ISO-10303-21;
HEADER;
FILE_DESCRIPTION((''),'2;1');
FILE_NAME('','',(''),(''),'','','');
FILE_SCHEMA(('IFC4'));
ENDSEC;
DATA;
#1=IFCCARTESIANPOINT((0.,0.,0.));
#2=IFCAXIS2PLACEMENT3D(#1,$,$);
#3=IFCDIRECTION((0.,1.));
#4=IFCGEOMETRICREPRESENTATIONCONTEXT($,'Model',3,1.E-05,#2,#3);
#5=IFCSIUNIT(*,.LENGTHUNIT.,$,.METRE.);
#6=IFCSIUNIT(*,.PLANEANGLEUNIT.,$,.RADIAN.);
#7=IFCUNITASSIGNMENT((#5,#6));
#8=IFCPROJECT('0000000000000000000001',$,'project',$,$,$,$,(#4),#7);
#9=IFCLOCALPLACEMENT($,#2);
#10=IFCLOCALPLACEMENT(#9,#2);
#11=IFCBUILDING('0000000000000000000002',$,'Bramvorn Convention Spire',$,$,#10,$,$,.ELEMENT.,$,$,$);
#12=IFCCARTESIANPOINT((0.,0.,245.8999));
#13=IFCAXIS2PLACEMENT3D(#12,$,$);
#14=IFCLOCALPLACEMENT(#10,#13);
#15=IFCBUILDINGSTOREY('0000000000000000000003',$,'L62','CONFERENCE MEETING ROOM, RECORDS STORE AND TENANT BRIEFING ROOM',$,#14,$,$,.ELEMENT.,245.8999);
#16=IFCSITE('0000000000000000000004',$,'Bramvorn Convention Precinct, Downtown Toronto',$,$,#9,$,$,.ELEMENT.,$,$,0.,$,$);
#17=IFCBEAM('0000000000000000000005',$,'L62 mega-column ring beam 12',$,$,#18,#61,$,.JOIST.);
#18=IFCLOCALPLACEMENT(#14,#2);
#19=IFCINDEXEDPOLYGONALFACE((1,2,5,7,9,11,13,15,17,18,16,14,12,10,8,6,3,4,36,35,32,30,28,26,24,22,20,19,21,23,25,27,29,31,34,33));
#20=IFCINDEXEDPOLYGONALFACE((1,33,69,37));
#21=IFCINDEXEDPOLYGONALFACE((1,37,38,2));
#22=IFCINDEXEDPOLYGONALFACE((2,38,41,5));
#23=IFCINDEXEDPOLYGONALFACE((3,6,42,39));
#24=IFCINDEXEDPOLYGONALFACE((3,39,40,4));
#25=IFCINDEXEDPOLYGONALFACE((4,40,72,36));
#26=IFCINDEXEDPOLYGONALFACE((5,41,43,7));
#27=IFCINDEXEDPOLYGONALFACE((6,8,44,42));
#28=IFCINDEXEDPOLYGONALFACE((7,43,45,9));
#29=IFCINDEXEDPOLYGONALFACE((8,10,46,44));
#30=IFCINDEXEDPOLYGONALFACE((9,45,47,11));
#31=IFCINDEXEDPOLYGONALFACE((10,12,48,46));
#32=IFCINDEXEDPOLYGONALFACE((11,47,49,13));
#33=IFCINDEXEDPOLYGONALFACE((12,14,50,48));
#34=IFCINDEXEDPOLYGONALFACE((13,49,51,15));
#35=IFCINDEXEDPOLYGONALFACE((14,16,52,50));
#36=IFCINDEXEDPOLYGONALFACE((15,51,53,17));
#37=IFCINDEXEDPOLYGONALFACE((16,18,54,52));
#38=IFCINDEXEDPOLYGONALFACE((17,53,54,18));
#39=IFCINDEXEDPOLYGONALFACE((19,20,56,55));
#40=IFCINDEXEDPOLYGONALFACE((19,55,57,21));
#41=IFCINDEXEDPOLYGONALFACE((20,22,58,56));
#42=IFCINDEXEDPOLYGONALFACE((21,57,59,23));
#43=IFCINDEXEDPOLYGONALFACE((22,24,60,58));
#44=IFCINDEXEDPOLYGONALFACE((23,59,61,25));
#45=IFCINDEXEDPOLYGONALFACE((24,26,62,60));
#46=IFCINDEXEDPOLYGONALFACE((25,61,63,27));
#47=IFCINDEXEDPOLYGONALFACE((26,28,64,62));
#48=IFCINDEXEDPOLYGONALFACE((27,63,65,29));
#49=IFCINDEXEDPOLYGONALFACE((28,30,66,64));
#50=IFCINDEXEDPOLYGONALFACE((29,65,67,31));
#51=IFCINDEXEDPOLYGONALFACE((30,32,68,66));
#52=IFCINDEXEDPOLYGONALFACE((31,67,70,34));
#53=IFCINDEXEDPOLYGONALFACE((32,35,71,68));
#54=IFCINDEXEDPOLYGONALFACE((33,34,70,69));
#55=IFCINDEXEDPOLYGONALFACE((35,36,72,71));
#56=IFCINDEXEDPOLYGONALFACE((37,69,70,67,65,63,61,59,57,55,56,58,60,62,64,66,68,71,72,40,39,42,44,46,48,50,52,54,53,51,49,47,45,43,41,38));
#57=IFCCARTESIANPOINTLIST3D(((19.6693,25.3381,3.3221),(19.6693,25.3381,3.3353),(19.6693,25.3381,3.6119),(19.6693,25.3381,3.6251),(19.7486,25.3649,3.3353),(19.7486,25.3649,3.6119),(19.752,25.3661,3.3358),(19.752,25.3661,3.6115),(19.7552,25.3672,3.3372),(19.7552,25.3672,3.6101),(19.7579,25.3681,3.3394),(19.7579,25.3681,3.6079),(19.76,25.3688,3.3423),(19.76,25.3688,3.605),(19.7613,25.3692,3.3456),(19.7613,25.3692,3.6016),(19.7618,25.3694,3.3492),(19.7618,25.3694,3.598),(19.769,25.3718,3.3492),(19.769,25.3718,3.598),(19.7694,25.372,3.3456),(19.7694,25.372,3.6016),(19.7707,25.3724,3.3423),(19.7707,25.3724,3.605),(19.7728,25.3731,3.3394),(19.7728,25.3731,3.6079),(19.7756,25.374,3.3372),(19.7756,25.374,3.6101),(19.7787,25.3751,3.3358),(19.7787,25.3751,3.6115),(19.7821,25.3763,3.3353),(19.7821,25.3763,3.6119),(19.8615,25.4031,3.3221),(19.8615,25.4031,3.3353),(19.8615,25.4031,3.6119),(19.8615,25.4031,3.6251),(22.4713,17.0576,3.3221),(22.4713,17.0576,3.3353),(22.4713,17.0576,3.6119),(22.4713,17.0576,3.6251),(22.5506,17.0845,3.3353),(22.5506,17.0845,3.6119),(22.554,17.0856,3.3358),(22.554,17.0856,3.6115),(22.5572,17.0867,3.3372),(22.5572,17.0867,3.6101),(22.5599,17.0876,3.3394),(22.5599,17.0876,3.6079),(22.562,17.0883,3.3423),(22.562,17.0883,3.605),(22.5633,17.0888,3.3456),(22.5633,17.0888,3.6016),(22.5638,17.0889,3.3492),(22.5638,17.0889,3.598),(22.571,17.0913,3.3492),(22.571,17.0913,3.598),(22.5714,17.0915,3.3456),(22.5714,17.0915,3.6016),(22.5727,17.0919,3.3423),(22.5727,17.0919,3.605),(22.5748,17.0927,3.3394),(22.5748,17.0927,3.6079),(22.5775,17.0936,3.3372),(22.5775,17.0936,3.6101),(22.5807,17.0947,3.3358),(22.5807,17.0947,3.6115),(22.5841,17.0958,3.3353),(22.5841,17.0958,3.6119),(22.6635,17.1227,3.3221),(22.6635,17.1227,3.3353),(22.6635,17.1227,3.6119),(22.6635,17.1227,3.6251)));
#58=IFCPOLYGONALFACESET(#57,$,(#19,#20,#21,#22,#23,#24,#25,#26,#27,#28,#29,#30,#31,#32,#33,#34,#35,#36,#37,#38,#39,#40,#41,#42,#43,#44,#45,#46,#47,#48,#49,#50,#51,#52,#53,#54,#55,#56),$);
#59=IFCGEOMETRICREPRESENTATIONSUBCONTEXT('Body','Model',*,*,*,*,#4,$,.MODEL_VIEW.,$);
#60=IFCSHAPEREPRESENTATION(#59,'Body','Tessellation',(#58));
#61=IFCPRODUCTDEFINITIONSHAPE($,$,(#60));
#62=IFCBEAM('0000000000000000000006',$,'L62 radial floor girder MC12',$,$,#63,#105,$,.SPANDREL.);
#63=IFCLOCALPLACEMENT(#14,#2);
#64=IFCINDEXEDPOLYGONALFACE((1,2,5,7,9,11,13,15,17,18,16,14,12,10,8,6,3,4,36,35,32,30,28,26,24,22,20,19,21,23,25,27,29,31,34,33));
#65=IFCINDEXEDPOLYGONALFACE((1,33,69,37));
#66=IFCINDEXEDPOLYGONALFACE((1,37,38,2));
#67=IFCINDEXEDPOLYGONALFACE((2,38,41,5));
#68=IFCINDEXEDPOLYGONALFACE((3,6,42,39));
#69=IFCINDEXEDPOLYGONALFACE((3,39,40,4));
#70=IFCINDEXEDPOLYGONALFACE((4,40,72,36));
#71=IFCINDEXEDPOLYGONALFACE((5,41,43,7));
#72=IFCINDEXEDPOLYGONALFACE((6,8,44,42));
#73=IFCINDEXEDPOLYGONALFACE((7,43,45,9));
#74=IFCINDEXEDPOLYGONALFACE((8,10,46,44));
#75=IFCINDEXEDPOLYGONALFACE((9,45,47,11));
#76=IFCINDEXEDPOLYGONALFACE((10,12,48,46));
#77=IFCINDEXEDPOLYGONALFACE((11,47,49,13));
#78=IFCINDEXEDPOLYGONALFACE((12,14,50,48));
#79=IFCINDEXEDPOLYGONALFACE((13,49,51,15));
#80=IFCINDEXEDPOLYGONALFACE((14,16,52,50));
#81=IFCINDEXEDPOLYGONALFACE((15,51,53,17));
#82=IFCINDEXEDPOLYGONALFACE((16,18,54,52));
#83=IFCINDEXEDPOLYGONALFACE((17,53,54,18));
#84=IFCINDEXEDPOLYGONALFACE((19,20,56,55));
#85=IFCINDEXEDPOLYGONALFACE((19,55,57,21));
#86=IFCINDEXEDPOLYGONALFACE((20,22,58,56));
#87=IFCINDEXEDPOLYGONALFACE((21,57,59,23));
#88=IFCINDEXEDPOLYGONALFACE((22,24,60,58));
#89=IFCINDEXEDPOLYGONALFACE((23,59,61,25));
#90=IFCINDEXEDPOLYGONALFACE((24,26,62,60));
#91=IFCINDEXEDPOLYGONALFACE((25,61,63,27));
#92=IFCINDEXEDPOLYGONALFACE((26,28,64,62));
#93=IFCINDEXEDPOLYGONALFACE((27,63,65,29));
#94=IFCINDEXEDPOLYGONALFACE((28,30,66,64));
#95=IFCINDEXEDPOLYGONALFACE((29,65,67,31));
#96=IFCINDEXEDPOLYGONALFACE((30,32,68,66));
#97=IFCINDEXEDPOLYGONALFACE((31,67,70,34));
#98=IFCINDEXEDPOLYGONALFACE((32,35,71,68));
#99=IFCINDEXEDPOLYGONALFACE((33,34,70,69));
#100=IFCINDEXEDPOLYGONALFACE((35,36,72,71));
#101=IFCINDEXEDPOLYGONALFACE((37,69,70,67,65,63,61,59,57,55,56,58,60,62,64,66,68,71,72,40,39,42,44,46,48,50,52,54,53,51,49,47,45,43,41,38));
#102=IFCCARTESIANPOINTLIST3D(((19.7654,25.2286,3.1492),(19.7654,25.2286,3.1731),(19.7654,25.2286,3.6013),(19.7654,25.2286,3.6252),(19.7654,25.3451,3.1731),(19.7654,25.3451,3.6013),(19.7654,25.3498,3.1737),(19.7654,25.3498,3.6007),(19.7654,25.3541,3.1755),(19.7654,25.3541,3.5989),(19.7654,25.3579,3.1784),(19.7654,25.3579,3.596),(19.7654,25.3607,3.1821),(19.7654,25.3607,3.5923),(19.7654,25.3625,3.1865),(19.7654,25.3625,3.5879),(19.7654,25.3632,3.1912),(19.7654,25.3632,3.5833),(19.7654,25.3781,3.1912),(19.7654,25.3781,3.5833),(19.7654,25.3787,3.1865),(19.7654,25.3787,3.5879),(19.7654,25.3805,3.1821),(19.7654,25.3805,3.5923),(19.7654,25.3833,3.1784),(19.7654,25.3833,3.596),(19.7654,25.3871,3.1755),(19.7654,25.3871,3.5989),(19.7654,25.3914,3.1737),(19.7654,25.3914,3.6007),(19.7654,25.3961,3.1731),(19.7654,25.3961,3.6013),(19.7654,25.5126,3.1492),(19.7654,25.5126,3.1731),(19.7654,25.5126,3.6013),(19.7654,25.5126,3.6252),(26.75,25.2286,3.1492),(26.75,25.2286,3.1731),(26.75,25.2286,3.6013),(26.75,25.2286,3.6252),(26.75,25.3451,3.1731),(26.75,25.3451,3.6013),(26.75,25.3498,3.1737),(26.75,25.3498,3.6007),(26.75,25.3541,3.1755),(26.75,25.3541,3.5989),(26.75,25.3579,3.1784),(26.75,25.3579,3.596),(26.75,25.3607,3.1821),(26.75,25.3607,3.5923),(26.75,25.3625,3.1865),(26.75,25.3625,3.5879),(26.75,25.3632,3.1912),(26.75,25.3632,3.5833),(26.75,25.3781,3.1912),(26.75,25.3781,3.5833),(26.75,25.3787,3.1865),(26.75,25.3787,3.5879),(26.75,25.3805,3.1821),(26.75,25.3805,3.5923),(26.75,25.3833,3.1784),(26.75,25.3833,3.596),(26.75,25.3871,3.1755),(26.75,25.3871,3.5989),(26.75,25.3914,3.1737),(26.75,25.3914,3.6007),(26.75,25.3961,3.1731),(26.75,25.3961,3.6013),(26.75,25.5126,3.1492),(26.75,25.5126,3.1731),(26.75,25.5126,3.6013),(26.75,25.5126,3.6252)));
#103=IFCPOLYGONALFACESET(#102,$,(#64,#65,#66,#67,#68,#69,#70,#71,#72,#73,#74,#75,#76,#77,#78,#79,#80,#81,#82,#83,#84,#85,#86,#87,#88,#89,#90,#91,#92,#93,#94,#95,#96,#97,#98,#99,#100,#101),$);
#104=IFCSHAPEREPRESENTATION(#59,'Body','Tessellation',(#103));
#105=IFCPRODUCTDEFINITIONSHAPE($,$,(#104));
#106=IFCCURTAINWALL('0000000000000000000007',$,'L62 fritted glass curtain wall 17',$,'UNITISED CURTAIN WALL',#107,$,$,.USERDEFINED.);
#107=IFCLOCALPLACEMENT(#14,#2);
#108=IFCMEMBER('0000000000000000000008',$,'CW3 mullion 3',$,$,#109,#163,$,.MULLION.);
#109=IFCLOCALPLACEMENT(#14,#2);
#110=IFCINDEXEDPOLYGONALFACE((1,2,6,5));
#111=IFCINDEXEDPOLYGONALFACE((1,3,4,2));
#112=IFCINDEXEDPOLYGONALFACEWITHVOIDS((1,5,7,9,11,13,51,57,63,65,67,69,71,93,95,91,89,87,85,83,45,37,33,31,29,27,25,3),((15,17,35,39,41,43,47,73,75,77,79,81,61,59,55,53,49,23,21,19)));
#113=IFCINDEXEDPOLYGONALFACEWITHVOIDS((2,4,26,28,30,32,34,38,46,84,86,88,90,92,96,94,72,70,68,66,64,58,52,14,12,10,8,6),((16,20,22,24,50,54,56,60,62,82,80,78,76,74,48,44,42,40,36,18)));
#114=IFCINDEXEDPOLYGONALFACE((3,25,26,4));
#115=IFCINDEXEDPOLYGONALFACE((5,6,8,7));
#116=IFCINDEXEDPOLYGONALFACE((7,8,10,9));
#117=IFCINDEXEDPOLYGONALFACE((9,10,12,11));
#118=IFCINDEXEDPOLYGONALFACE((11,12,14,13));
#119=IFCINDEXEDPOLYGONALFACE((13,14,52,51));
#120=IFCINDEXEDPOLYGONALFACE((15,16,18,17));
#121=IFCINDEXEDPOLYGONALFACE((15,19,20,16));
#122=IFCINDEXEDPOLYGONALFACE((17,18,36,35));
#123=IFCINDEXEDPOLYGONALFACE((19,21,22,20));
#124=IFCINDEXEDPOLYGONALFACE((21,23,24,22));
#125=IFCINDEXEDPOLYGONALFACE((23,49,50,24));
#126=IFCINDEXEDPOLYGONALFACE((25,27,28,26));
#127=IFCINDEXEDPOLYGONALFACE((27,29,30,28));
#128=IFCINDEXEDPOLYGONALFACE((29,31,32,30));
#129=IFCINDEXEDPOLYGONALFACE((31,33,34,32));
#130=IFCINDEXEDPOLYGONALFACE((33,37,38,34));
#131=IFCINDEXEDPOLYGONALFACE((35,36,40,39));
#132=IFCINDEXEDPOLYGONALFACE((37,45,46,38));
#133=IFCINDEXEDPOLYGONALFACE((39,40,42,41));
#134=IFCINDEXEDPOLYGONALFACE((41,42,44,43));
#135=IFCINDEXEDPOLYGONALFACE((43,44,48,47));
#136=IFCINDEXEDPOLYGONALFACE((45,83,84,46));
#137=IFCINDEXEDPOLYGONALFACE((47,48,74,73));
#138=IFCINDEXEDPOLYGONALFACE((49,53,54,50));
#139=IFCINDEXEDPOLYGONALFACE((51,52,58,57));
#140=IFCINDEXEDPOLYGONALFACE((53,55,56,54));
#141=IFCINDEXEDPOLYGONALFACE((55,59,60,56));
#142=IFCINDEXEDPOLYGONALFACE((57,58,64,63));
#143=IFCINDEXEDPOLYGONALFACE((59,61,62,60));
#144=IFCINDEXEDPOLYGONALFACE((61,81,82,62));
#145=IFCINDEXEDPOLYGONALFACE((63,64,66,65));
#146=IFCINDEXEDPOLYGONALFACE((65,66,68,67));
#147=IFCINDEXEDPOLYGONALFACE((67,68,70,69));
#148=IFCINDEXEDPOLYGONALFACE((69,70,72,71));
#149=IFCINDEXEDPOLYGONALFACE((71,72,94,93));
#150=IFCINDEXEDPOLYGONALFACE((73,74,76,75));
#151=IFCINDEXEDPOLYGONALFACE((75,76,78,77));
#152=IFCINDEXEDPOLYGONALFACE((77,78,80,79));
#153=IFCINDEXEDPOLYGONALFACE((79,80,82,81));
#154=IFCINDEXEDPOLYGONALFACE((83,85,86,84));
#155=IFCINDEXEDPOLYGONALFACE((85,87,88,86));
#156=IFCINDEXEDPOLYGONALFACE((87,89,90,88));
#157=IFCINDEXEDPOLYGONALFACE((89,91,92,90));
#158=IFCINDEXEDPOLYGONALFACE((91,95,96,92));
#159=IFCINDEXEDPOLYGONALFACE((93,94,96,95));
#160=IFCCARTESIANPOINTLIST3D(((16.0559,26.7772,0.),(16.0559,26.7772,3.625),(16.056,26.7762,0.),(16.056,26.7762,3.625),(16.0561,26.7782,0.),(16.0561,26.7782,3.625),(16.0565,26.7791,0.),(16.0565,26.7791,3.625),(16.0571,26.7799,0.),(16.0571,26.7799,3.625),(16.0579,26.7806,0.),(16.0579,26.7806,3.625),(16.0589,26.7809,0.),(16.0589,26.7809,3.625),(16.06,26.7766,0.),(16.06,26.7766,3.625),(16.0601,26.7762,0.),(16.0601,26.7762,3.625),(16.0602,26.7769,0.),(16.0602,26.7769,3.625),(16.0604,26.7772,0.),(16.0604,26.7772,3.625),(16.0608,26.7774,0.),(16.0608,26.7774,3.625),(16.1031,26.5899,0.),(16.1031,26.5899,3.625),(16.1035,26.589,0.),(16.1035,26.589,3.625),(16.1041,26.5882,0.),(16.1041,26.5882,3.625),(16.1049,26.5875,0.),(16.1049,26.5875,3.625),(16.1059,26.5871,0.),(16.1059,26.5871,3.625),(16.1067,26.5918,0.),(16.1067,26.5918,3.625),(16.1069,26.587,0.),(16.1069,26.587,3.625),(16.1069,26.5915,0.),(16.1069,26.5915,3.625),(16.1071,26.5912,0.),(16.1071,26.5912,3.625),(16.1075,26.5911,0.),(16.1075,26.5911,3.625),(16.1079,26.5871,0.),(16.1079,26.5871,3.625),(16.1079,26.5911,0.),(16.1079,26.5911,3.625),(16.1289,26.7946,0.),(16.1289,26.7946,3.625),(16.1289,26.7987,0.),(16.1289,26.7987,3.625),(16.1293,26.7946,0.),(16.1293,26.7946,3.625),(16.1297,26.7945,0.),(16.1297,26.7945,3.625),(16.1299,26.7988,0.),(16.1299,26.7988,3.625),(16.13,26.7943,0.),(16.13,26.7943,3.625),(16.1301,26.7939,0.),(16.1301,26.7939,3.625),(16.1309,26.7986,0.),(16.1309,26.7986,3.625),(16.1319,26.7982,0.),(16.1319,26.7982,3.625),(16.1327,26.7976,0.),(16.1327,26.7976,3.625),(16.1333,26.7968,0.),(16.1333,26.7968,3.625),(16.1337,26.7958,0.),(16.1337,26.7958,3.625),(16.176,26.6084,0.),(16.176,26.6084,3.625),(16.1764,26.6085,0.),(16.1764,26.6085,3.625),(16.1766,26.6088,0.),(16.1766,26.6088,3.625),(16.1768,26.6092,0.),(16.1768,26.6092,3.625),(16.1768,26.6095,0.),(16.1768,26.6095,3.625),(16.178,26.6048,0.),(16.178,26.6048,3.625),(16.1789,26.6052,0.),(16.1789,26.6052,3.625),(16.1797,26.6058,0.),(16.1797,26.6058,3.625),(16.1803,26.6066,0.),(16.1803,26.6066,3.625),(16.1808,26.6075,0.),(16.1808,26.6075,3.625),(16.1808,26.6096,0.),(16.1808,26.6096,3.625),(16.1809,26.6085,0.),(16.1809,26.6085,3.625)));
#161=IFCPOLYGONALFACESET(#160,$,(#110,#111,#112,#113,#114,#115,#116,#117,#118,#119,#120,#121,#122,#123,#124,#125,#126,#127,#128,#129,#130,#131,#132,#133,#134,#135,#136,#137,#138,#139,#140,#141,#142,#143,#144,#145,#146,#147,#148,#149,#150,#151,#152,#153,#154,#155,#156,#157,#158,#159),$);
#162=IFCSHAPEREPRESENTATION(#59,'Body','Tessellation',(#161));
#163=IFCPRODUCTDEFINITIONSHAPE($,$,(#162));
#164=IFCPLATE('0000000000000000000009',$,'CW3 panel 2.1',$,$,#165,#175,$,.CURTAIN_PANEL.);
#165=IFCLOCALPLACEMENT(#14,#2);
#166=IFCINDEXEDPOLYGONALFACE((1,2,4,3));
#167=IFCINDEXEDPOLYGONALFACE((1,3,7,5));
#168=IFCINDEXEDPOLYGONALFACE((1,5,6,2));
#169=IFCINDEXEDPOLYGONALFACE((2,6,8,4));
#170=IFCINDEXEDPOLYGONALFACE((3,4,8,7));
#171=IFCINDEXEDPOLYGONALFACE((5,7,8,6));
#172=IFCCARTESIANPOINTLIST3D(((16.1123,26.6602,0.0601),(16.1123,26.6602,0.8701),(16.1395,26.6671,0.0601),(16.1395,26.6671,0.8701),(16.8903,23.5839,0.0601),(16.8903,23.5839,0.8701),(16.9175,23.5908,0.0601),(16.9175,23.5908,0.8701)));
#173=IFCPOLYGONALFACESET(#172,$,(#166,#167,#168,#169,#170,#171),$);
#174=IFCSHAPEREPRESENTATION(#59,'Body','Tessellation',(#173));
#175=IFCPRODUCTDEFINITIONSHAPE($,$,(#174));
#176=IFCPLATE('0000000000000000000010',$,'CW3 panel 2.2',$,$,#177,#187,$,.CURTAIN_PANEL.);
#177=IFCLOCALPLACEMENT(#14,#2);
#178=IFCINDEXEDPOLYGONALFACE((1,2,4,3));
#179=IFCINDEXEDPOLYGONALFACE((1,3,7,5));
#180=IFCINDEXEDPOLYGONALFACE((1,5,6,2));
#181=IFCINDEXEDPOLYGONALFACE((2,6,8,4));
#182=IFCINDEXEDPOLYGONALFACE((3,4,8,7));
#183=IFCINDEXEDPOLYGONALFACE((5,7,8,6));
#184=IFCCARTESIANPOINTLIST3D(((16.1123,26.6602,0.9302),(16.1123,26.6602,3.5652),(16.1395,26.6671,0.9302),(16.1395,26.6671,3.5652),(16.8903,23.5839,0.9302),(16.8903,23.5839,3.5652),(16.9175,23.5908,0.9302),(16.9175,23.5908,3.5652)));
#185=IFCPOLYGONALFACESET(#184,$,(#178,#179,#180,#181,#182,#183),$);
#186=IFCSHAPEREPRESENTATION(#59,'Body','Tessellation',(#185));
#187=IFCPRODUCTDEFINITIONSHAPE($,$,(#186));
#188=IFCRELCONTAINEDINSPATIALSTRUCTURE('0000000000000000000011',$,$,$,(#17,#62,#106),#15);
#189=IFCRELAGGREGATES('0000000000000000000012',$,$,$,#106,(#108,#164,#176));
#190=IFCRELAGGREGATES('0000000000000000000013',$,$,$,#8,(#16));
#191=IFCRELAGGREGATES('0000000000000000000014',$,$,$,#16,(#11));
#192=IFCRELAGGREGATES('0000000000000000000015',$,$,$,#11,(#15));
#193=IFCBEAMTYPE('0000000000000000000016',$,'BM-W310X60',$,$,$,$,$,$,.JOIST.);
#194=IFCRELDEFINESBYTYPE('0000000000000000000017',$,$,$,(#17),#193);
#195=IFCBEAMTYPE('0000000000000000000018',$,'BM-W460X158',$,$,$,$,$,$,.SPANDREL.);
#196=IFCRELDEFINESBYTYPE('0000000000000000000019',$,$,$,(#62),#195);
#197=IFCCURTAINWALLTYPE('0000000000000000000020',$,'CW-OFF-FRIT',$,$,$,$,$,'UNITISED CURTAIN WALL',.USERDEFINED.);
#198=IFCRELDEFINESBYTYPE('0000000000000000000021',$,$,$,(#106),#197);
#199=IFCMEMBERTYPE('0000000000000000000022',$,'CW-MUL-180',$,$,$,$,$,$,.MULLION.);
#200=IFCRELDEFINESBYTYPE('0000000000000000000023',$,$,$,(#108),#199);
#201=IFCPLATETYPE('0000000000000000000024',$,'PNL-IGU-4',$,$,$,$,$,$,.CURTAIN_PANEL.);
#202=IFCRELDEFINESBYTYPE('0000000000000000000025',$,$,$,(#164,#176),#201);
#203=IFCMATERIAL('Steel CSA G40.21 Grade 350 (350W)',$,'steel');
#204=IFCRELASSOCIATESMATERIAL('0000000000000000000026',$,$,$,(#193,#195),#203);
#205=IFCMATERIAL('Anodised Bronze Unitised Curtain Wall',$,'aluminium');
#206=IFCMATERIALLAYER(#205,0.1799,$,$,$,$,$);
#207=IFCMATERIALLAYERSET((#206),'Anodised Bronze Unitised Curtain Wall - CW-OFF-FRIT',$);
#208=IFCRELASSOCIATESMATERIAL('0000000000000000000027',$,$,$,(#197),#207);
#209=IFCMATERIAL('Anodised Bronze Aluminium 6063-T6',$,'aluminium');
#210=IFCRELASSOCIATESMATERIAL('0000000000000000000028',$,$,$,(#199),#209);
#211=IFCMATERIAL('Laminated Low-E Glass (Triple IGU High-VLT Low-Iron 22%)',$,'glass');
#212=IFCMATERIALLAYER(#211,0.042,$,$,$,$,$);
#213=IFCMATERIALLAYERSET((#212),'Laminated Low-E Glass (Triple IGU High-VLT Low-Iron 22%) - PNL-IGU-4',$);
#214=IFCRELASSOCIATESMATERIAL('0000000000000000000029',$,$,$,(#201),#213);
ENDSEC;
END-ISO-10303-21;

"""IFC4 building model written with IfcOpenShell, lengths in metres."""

from ifc_helpers import new_model, si_unit, direction, frame, origin, origin_2d, place, context, subcontext, project, spatial, rectangle, hollow_rectangle, i_section, extrude, material, layer, layer_set, material_profile, profile_set, type_object, element, aggregate, save


model = new_model("IFC4")

# Units and contexts
model_context = context("Model", 3, precision=1e-05, world=origin(), true_north=direction((0.0, 1.0)))
body_context = subcontext(model_context, "Body", "Model", "MODEL_VIEW")
ifc_project = project(units=[si_unit("LENGTHUNIT", "METRE"), si_unit("PLANEANGLEUNIT", "RADIAN")], contexts=[model_context])

# Site, building, storey
site_placement = place(None, origin())
site = spatial("IfcSite", under=ifc_project, at=site_placement, Name="Bramvorn Convention Precinct, Downtown Toronto", CompositionType="ELEMENT", RefElevation=0.0)
building_placement = place(site_placement, origin())
building = spatial("IfcBuilding", under=site, at=building_placement, Name="Bramvorn Convention Spire", CompositionType="ELEMENT")
storey_placement = place(building_placement, frame((0.0, 0.0, 245.8999)))
storey = spatial("IfcBuildingStorey", under=building, at=storey_placement, Name="L62", Description="CONFERENCE MEETING ROOM, RECORDS STORE AND TENANT BRIEFING ROOM", CompositionType="ELEMENT", Elevation=245.8999)

# Shared definitions
ifc_material_1 = material(Name="Steel CSA G40.21 Grade 350 (350W)", Category="steel")

# Beams
ifc_material_profile_1 = material_profile(ifc_material_1, i_section(OverallWidth=0.2029, OverallDepth=0.303, WebThickness=0.0076, FlangeThickness=0.0132, FilletRadius=0.0139, at=origin_2d()))
ifc_profile_set_1 = profile_set([ifc_material_profile_1], Name="Steel CSA G40.21 Grade 350 (350W) - W310X60")
beam_type_1 = type_object("IfcBeamType", Name="BM-W310X60", PredefinedType="JOIST", material=ifc_profile_set_1)
beam_1_placement = place(storey_placement, frame((19.7654, 25.3706, 3.4736), z_axis=(0.320531, -0.947238, 0.0), x_axis=(0.947238, 0.320531, 0.0)))
element("IfcBeam", 1, at=beam_1_placement, inside=storey, type_object=beam_type_1, Name="L62 mega-column ring beam 12", PredefinedType="JOIST", context=body_context, shape_type="SweptSolid", body=[
    extrude(i_section(OverallWidth=0.2029, OverallDepth=0.303, WebThickness=0.0076, FlangeThickness=0.0132, FilletRadius=0.0139, at=origin_2d()), origin(), (0.0, 0.0, 1.0), 8.7417),
])
ifc_material_profile_2 = material_profile(ifc_material_1, i_section(OverallWidth=0.2839, OverallDepth=0.4761, WebThickness=0.0149, FlangeThickness=0.0239, FilletRadius=0.0181, at=origin_2d()))
ifc_profile_set_2 = profile_set([ifc_material_profile_2], Name="Steel CSA G40.21 Grade 350 (350W) - W460X158")
beam_type_2 = type_object("IfcBeamType", Name="BM-W460X158", PredefinedType="SPANDREL", material=ifc_profile_set_2)
beam_2_placement = place(storey_placement, frame((26.75, 25.3706, 3.3872), z_axis=(-1.0, 0.0, 0.0), x_axis=(0.0, -1.0, 0.0)))
element("IfcBeam", 2, at=beam_2_placement, inside=storey, type_object=beam_type_2, Name="L62 radial floor girder MC12", PredefinedType="SPANDREL", context=body_context, shape_type="SweptSolid", body=[
    extrude(i_section(OverallWidth=0.2839, OverallDepth=0.4761, WebThickness=0.0149, FlangeThickness=0.0239, FilletRadius=0.0181, at=origin_2d()), origin(), (0.0, 0.0, 1.0), 6.9846),
])

# Curtain wall, member, plates
ifc_material_2 = material(Name="Anodised Bronze Unitised Curtain Wall", Category="aluminium")
ifc_layer_1 = layer(ifc_material_2, 0.1799)
ifc_layer_set_1 = layer_set([ifc_layer_1], Name="Anodised Bronze Unitised Curtain Wall - CW-OFF-FRIT")
curtain_wall_type = type_object("IfcCurtainWallType", Name="CW-OFF-FRIT", ElementType="UNITISED CURTAIN WALL", PredefinedType="USERDEFINED", material=ifc_layer_set_1)
curtain_wall_placement = place(storey_placement, origin())
curtain_wall = element("IfcCurtainWall", 3, at=curtain_wall_placement, inside=storey, type_object=curtain_wall_type, Name="L62 fritted glass curtain wall 17", ObjectType="UNITISED CURTAIN WALL", PredefinedType="USERDEFINED")
ifc_material_3 = material(Name="Anodised Bronze Aluminium 6063-T6", Category="aluminium")
ifc_material_profile_3 = material_profile(ifc_material_3, hollow_rectangle(XDim=0.0801, YDim=0.2, WallThickness=0.0039, InnerFilletRadius=0.001, OuterFilletRadius=0.0039, at=origin_2d()))
ifc_profile_set_3 = profile_set([ifc_material_profile_3], Name="Anodised Bronze Aluminium 6063-T6 - CWM80X200")
member_type = type_object("IfcMemberType", Name="CW-MUL-180", PredefinedType="MULLION", material=ifc_profile_set_3)
member_placement = place(storey_placement, frame((16.1184, 26.6929, 0.0), z_axis=(0.0, 0.0, 1.0), x_axis=(-0.969477, -0.245181, 0.0)))
member = element("IfcMember", 4, at=member_placement, type_object=member_type, Name="CW3 mullion 3", PredefinedType="MULLION", context=body_context, shape_type="SweptSolid", body=[
    extrude(hollow_rectangle(XDim=0.0801, YDim=0.2, WallThickness=0.0039, InnerFilletRadius=0.001, OuterFilletRadius=0.0039, at=origin_2d()), origin(), (0.0, 0.0, 1.0), 3.625),
])
ifc_material_4 = material(Name="Laminated Low-E Glass (Triple IGU High-VLT Low-Iron 22%)", Category="glass")
ifc_layer_2 = layer(ifc_material_4, 0.042)
ifc_layer_set_2 = layer_set([ifc_layer_2], Name="Laminated Low-E Glass (Triple IGU High-VLT Low-Iron 22%) - PNL-IGU-4")
plate_type = type_object("IfcPlateType", Name="PNL-IGU-4", PredefinedType="CURTAIN_PANEL", material=ifc_layer_set_2)
plate_1_placement = place(storey_placement, frame((16.5149, 25.1255, 0.0601), z_axis=(0.0, 0.0, 1.0), x_axis=(-0.245181, 0.969477, 0.0)))
plate_1 = element("IfcPlate", 5, at=plate_1_placement, type_object=plate_type, Name="CW3 panel 2.1", PredefinedType="CURTAIN_PANEL", context=body_context, shape_type="SweptSolid", body=[
    extrude(rectangle(XDim=3.1731, YDim=0.0281, at=origin_2d()), origin(), (0.0, 0.0, 1.0), 0.8101),
])
plate_2_placement = place(storey_placement, frame((16.5149, 25.1255, 0.9302), z_axis=(0.0, 0.0, 1.0), x_axis=(-0.245181, 0.969477, 0.0)))
plate_2 = element("IfcPlate", 6, at=plate_2_placement, type_object=plate_type, Name="CW3 panel 2.2", PredefinedType="CURTAIN_PANEL", context=body_context, shape_type="SweptSolid", body=[
    extrude(rectangle(XDim=3.1731, YDim=0.0281, at=origin_2d()), origin(), (0.0, 0.0, 1.0), 2.635),
])
aggregate(curtain_wall, [member, plate_1, plate_2])

save(model, "model.ifc")
